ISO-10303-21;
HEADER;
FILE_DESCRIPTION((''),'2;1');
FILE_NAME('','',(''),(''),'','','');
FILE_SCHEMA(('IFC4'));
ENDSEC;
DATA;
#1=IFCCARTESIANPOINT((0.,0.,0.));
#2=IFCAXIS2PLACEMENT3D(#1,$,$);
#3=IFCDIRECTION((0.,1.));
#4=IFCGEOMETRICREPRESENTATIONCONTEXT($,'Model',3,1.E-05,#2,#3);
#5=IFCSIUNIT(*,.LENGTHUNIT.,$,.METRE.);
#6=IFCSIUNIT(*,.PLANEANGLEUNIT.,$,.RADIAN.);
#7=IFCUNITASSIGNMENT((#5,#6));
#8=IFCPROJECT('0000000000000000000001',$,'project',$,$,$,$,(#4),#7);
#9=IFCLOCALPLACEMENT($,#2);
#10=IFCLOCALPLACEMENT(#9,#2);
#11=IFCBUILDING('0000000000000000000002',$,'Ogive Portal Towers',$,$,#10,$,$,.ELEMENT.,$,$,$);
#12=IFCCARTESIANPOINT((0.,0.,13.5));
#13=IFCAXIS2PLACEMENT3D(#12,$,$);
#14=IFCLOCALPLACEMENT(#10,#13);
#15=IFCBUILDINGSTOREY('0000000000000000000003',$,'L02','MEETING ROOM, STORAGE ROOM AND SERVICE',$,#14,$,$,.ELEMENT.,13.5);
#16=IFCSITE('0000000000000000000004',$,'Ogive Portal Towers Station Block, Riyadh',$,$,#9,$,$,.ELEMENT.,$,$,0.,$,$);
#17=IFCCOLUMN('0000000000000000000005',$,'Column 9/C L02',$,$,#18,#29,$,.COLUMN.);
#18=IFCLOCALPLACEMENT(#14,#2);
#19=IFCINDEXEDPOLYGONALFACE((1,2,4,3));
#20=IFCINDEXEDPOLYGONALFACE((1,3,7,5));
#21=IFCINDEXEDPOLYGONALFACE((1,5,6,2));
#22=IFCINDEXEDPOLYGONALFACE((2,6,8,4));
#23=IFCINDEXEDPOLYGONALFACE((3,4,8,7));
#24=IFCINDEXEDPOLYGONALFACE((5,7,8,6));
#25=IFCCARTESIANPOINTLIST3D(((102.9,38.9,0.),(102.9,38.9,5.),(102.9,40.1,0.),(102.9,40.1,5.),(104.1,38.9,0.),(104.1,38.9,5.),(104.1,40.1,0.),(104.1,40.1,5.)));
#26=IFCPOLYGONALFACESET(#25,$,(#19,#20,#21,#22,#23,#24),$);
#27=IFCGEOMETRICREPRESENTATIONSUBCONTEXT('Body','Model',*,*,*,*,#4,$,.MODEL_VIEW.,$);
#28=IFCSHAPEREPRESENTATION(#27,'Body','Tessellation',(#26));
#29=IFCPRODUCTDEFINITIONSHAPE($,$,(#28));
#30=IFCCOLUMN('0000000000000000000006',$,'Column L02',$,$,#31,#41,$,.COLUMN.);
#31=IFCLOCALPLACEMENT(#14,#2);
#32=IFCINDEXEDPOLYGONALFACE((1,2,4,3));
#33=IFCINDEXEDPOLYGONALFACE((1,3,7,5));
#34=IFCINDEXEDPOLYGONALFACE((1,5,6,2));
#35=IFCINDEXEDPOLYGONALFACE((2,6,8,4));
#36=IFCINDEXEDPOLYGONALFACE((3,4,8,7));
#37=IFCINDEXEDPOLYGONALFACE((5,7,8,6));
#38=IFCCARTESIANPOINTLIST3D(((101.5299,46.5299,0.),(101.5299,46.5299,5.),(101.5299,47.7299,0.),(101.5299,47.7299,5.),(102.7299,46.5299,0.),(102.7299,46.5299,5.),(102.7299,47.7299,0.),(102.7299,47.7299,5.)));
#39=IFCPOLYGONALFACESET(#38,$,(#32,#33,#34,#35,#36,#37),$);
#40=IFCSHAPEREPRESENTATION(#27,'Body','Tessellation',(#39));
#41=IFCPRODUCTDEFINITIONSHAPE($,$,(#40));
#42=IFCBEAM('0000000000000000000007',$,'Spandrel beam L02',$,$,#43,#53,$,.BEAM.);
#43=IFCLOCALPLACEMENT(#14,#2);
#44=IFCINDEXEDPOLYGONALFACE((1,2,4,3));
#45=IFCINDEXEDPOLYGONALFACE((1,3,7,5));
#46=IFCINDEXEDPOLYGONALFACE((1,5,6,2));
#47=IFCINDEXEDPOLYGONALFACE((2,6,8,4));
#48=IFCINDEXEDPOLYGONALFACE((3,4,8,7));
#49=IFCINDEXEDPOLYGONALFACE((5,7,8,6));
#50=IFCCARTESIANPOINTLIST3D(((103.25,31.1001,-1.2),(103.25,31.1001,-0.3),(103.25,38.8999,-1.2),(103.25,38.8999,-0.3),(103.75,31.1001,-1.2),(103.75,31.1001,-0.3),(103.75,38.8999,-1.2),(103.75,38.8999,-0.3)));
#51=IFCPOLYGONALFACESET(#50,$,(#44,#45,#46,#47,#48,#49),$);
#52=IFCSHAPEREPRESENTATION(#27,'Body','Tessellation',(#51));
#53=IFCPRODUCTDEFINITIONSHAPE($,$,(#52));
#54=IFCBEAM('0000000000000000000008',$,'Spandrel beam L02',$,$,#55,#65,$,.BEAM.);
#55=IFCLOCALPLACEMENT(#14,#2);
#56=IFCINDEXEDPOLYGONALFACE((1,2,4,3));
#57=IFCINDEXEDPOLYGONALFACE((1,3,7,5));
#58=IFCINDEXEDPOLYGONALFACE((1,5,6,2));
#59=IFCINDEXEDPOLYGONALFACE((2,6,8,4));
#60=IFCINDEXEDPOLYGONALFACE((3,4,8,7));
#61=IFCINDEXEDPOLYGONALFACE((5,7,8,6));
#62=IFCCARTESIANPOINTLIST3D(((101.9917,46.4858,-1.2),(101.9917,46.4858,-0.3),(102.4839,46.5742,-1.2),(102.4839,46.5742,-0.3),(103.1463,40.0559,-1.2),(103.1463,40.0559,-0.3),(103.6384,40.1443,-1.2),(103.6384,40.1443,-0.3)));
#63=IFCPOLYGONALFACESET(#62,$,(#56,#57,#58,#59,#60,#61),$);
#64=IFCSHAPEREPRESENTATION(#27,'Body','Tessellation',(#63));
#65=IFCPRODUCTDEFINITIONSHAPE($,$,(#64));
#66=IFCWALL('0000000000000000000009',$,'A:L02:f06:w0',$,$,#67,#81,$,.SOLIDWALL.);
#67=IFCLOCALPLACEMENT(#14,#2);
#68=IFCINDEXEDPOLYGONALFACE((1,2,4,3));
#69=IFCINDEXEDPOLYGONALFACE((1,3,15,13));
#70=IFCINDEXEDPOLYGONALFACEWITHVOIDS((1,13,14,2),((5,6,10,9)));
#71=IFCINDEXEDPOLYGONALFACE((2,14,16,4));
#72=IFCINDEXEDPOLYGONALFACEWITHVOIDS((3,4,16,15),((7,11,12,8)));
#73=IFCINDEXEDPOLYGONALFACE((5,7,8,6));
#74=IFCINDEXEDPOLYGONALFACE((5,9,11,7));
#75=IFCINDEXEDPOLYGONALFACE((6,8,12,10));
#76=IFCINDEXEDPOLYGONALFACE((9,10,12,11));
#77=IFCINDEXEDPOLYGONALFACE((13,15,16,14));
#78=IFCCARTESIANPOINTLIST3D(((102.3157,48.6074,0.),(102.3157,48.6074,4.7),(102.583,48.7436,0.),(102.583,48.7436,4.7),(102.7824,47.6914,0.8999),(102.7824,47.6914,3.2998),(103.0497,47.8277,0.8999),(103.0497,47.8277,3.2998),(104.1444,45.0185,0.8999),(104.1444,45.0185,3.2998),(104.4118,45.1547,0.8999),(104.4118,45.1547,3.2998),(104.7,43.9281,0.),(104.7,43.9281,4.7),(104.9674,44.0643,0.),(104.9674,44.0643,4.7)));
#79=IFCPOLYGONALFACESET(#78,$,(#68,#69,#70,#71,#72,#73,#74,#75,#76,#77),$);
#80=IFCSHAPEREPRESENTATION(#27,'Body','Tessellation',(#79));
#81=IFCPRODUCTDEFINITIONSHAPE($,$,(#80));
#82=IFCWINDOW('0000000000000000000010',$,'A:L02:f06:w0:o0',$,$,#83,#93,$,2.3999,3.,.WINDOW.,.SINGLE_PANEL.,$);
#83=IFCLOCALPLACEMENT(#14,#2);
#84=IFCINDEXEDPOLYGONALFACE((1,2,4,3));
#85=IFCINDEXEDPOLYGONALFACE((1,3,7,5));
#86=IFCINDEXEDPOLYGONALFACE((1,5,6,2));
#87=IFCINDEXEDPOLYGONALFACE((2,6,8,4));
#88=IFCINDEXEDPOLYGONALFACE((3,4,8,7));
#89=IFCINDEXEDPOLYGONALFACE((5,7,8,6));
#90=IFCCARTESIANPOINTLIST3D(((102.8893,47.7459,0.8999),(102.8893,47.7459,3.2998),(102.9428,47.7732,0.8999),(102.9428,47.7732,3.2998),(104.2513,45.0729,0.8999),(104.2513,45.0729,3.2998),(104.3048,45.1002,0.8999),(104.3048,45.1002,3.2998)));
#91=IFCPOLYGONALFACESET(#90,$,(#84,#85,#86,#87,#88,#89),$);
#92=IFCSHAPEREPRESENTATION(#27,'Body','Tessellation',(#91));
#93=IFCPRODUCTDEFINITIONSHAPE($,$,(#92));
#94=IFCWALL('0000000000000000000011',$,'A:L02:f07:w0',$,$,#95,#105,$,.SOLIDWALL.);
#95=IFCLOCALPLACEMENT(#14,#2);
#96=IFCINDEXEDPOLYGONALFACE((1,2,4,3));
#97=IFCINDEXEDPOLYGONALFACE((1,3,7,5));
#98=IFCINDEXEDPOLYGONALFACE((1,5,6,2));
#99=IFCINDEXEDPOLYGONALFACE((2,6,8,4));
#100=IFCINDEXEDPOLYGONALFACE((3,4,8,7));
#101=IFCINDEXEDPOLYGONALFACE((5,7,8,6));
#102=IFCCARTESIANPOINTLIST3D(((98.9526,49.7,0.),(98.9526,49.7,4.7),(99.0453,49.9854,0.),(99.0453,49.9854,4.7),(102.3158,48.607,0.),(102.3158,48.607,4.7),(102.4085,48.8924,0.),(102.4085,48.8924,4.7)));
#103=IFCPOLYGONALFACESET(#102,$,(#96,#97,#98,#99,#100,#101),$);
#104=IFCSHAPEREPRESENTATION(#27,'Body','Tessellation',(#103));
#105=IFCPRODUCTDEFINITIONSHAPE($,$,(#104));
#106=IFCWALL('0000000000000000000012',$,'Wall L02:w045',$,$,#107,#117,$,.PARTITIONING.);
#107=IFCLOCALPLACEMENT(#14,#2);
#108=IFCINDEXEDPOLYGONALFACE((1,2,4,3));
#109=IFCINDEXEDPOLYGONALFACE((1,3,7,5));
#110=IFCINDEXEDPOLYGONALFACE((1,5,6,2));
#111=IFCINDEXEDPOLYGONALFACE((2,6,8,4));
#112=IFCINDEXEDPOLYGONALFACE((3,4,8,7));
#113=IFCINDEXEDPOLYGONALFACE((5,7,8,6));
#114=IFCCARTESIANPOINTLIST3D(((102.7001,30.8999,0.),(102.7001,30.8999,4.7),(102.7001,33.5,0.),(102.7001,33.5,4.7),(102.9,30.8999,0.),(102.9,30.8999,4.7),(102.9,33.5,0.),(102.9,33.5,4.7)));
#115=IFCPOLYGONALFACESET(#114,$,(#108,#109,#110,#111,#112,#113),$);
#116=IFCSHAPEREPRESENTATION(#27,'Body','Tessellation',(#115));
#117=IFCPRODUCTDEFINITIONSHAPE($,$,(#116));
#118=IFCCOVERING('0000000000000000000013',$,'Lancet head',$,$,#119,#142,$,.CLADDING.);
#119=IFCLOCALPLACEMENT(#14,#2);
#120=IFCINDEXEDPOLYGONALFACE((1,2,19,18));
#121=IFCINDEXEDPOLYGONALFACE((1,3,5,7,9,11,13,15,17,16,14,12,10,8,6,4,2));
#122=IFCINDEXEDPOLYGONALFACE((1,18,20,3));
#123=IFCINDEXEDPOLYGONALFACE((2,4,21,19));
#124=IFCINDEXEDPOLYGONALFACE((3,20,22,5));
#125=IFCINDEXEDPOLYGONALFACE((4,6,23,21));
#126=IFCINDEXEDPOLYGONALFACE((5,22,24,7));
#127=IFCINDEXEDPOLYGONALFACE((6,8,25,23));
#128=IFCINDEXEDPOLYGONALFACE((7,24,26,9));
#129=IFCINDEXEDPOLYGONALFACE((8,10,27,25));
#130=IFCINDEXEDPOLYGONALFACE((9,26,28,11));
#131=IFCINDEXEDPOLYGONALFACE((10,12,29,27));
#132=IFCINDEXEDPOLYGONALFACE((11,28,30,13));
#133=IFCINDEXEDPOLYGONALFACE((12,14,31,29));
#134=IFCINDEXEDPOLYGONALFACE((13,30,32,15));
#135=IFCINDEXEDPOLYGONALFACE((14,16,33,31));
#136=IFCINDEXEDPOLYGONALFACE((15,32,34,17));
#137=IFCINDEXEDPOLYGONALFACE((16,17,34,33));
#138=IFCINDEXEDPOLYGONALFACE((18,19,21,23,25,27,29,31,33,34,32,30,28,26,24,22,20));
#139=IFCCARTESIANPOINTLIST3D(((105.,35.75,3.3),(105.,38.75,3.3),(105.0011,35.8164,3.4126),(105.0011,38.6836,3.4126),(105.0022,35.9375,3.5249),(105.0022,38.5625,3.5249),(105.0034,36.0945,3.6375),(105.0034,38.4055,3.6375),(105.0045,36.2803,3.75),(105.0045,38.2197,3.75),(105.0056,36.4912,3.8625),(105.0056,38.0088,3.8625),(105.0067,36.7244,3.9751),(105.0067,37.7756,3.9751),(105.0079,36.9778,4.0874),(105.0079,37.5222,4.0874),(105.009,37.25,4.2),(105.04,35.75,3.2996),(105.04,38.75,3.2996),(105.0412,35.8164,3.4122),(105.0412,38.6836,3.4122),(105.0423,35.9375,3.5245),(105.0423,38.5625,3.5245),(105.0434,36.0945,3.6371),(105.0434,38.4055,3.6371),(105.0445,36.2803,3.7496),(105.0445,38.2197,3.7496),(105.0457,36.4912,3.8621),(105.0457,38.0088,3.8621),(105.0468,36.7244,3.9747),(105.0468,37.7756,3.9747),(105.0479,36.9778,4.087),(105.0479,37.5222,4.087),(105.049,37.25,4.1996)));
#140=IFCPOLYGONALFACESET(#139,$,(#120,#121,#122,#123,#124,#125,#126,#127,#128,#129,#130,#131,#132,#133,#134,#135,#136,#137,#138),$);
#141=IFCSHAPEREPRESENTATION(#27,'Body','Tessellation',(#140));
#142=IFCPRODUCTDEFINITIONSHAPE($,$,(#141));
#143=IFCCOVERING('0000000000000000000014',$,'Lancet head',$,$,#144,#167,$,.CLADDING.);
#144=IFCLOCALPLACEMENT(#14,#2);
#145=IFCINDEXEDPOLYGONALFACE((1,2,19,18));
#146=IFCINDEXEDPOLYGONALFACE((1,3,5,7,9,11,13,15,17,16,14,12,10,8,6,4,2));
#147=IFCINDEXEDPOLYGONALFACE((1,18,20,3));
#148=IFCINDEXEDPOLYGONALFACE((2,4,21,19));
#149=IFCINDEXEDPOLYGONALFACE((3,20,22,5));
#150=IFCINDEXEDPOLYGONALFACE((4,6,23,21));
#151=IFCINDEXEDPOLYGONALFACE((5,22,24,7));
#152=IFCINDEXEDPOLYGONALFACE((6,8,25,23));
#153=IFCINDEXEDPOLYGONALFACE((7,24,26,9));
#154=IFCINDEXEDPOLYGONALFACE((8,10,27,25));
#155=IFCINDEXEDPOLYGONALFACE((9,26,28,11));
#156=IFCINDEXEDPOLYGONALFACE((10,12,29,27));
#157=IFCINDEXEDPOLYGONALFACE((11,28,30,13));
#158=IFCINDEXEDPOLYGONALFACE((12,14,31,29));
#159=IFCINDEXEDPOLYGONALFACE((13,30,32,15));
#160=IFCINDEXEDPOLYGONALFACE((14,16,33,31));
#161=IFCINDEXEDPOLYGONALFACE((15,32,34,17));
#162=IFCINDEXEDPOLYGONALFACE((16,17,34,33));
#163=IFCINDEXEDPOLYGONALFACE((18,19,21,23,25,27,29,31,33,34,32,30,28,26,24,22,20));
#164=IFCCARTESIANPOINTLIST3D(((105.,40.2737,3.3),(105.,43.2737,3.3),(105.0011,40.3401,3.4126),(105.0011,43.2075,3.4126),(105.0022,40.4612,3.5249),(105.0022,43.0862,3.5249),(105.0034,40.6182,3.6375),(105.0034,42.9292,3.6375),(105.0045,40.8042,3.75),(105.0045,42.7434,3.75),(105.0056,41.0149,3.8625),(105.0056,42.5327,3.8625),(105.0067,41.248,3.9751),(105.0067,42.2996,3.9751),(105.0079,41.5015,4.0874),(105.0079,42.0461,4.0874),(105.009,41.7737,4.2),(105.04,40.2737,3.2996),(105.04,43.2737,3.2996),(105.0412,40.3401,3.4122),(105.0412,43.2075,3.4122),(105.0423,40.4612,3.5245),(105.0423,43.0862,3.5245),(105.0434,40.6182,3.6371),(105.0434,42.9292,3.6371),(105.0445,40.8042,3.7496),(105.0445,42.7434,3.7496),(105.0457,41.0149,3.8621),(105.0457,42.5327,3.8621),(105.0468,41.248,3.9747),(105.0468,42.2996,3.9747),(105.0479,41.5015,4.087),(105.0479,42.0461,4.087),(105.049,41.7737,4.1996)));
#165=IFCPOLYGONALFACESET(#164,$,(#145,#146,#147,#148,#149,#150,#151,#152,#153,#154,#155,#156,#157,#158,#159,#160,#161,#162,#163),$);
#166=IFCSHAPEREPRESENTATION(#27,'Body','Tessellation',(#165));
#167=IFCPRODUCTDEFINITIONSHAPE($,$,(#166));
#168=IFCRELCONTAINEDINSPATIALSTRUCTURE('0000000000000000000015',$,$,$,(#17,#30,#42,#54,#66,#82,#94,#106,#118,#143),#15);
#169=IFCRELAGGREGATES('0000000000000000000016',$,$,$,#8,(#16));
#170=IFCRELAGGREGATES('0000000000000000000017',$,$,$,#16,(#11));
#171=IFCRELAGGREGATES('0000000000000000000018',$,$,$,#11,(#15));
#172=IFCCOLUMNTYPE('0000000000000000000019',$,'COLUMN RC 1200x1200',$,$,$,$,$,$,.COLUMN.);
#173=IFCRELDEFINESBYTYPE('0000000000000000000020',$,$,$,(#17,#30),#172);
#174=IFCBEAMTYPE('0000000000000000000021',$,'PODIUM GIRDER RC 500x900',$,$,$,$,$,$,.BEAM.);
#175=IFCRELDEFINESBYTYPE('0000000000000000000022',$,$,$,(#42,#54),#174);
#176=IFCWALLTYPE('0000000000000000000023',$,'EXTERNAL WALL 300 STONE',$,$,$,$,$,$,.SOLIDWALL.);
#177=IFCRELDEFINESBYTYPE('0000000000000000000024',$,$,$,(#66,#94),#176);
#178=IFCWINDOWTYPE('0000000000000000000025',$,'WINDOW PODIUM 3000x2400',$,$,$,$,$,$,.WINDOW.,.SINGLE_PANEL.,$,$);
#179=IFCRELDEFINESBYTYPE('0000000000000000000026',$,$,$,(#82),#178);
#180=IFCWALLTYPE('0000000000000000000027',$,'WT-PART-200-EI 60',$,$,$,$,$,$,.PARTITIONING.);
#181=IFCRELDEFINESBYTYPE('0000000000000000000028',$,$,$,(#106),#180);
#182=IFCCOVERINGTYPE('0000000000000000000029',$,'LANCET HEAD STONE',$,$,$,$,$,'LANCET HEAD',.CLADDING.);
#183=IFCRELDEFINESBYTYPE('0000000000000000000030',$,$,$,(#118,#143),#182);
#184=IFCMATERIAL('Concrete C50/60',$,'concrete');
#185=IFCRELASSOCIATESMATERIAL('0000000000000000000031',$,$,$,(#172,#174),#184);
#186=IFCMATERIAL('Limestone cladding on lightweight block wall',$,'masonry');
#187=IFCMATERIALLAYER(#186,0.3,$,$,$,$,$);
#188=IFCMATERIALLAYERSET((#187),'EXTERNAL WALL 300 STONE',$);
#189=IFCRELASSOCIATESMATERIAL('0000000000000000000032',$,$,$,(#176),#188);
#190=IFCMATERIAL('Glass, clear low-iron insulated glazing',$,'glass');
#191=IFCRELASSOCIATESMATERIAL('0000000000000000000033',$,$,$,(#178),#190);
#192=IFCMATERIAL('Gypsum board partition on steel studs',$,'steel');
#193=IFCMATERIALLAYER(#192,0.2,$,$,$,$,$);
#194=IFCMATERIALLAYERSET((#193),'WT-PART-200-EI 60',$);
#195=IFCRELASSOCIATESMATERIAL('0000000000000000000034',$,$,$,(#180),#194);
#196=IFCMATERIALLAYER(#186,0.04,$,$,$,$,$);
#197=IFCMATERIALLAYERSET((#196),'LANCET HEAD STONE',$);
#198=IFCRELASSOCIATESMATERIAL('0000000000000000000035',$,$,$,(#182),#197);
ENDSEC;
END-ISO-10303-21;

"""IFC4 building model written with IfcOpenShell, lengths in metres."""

from ifc_helpers import new_model, si_unit, direction, frame, frame_2d, origin, origin_2d, place, context, subcontext, project, spatial, polyline, rectangle, outline, extrude, material, layer, layer_set, material_profile, profile_set, type_object, element, fill, save


model = new_model("IFC4")

# Units and contexts
model_context = context("Model", 3, precision=1e-05, world=origin(), true_north=direction((0.0, 1.0)))
body_context = subcontext(model_context, "Body", "Model", "MODEL_VIEW")
ifc_project = project(units=[si_unit("LENGTHUNIT", "METRE"), si_unit("PLANEANGLEUNIT", "RADIAN")], contexts=[model_context])

# Site, building, storey
site_placement = place(None, origin())
site = spatial("IfcSite", under=ifc_project, at=site_placement, Name="Ogive Portal Towers Station Block, Riyadh", CompositionType="ELEMENT", RefElevation=0.0)
building_placement = place(site_placement, origin())
building = spatial("IfcBuilding", under=site, at=building_placement, Name="Ogive Portal Towers", CompositionType="ELEMENT")
storey_placement = place(building_placement, frame((0.0, 0.0, 13.5)))
storey = spatial("IfcBuildingStorey", under=building, at=storey_placement, Name="L02", Description="MEETING ROOM, STORAGE ROOM AND SERVICE", CompositionType="ELEMENT", Elevation=13.5)

# Columns
ifc_material_1 = material(Name="Concrete C50/60", Category="concrete")
ifc_material_profile_1 = material_profile(ifc_material_1, rectangle(XDim=1.2, YDim=1.2, at=origin_2d()), Name="RC 1200x1200")
ifc_profile_set_1 = profile_set([ifc_material_profile_1], Name="Concrete C50/60")
column_type = type_object("IfcColumnType", Name="COLUMN RC 1200x1200", PredefinedType="COLUMN", material=ifc_profile_set_1)
for number, where, z_axis, x_axis, name in (
    (1, (103.5, 39.5, 0.0), (0.0, 0.0, 1.0), (1.0, 0.0, 0.0), "Column 9/C L02"),
    (2, (102.1299, 47.1299, 0.0), (0.0, 0.0, 1.0), (1.0, 0.0, 0.0), "Column L02"),
):
    element("IfcColumn", number, at=place(storey_placement, frame(where, z_axis=z_axis, x_axis=x_axis)), inside=storey, type_object=column_type, Name=name, PredefinedType="COLUMN", context=body_context, shape_type="SweptSolid", body=[
        extrude(rectangle(XDim=1.2, YDim=1.2, at=origin_2d()), origin(), (0.0, 0.0, 1.0), 5.0),
    ])

# Beams
ifc_material_profile_2 = material_profile(ifc_material_1, rectangle(XDim=0.5, YDim=0.8999, at=origin_2d()), Name="RC 500x900")
ifc_profile_set_2 = profile_set([ifc_material_profile_2], Name="Concrete C50/60")
beam_type = type_object("IfcBeamType", Name="PODIUM GIRDER RC 500x900", PredefinedType="BEAM", material=ifc_profile_set_2)
beam_1_placement = place(storey_placement, frame((103.5, 31.1001, -0.75), z_axis=(0.0, 1.0, 0.0), x_axis=(-1.0, 0.0, 0.0)))
element("IfcBeam", 3, at=beam_1_placement, inside=storey, type_object=beam_type, Name="Spandrel beam L02", PredefinedType="BEAM", context=body_context, shape_type="SweptSolid", body=[
    extrude(rectangle(XDim=0.5, YDim=0.8999, at=origin_2d()), origin(), (0.0, 0.0, 1.0), 7.7998),
])
beam_2_placement = place(storey_placement, frame((103.3923, 40.1001, -0.75), z_axis=(-0.176731, 0.984259, 0.0), x_axis=(-0.984259, -0.176731, 0.0)))
element("IfcBeam", 4, at=beam_2_placement, inside=storey, type_object=beam_type, Name="Spandrel beam L02", PredefinedType="BEAM", context=body_context, shape_type="SweptSolid", body=[
    extrude(rectangle(XDim=0.5, YDim=0.8999, at=origin_2d()), origin(), (0.0, 0.0, 1.0), 6.5327),
])

# Wall, opening, window
ifc_material_2 = material(Name="Limestone cladding on lightweight block wall", Category="masonry")
ifc_layer_1 = layer(ifc_material_2, 0.3)
ifc_layer_set_1 = layer_set([ifc_layer_1], Name="EXTERNAL WALL 300 STONE")
wall_type_1 = type_object("IfcWallType", Name="EXTERNAL WALL 300 STONE", PredefinedType="SOLIDWALL", material=ifc_layer_set_1)
wall_1_placement = place(storey_placement, frame((104.8337, 43.9961, 0.0), z_axis=(0.0, 0.0, 1.0), x_axis=(-0.454007, 0.890998, 0.0)))
wall_1 = element("IfcWall", 5, at=wall_1_placement, inside=storey, type_object=wall_type_1, Name="A:L02:f06:w0", PredefinedType="SOLIDWALL", context=body_context, shape_type="SweptSolid", body=[
    extrude(rectangle(XDim=5.2517, YDim=0.3, at=frame_2d((2.626, 0.0))), origin(), (0.0, 0.0, 1.0), 4.7),
])
opening_placement = place(wall_1_placement, frame((1.2239, 0.0, 0.8999)))
opening = element("IfcOpeningElement", 6, at=opening_placement, cuts=wall_1, PredefinedType="OPENING", context=body_context, shape_type="SweptSolid", body=[
    extrude(rectangle(XDim=3.0, YDim=2.3999, at=frame_2d((1.5, 1.2))), frame((0.0, 0.1602, 0.0), z_axis=(0.0, -1.0, 0.0), x_axis=(1.0, 0.0, 0.0)), (0.0, 0.0, 1.0), 0.3201),
])
ifc_material_3 = material(Name="Glass, clear low-iron insulated glazing", Category="glass")
window_type = type_object("IfcWindowType", Name="WINDOW PODIUM 3000x2400", PartitioningType="SINGLE_PANEL", PredefinedType="WINDOW", material=ifc_material_3)
window_placement = place(opening_placement, origin())
window = element("IfcWindow", 7, at=window_placement, inside=storey, type_object=window_type, Name="A:L02:f06:w0:o0", OverallHeight=2.3999, OverallWidth=3.0, PartitioningType="SINGLE_PANEL", PredefinedType="WINDOW", context=body_context, shape_type="SweptSolid", body=[
    extrude(rectangle(XDim=3.0, YDim=2.3999, at=frame_2d((1.5, 1.2))), frame((0.0, 0.03, 0.0), z_axis=(0.0, -1.0, 0.0), x_axis=(1.0, 0.0, 0.0)), (0.0, 0.0, 1.0), 0.0601),
])
fill(opening, window)

# Walls
wall_2_placement = place(storey_placement, frame((102.3621, 48.7498, 0.0), z_axis=(0.0, 0.0, 1.0), x_axis=(-0.951038, 0.309074, 0.0)))
element("IfcWall", 8, at=wall_2_placement, inside=storey, type_object=wall_type_1, Name="A:L02:f07:w0", PredefinedType="SOLIDWALL", context=body_context, shape_type="SweptSolid", body=[
    extrude(rectangle(XDim=3.5364, YDim=0.3, at=frame_2d((1.7681, 0.0))), origin(), (0.0, 0.0, 1.0), 4.7),
])
ifc_material_4 = material(Name="Gypsum board partition on steel studs", Category="steel")
ifc_layer_2 = layer(ifc_material_4, 0.2)
ifc_layer_set_2 = layer_set([ifc_layer_2], Name="WT-PART-200-EI 60")
wall_type_2 = type_object("IfcWallType", Name="WT-PART-200-EI 60", PredefinedType="PARTITIONING", material=ifc_layer_set_2)
wall_3_placement = place(storey_placement, frame((102.8, 30.8999, 0.0), z_axis=(0.0, 0.0, 1.0), x_axis=(0.0, 1.0, 0.0)))
element("IfcWall", 9, at=wall_3_placement, inside=storey, type_object=wall_type_2, Name="Wall L02:w045", PredefinedType="PARTITIONING", context=body_context, shape_type="SweptSolid", body=[
    extrude(rectangle(XDim=2.6001, YDim=0.2, at=frame_2d((1.3, 0.0))), origin(), (0.0, 0.0, 1.0), 4.7),
])

# Coverings
ifc_layer_3 = layer(ifc_material_2, 0.04)
ifc_layer_set_3 = layer_set([ifc_layer_3], Name="LANCET HEAD STONE")
covering_type_1 = type_object("IfcCoveringType", Name="LANCET HEAD STONE", ElementType="LANCET HEAD", PredefinedType="CLADDING", material=ifc_layer_set_3)
covering_1_placement = place(storey_placement, frame((105.0, 35.75, 3.3), z_axis=(-0.99995, 0.0, 0.009994), x_axis=(0.0, 1.0, 0.0)))
element("IfcCovering", 10, at=covering_1_placement, inside=storey, type_object=covering_type_1, Name="Lancet head", PredefinedType="CLADDING", context=body_context, shape_type="SweptSolid", body=[
    extrude(outline(polyline([(0.0, 0.0), (3.0, 0.0), (2.9336, -0.1126), (2.8125, -0.2249), (2.6555, -0.3374), (2.4697, -0.45), (2.2588, -0.5625), (2.0256, -0.6751), (1.7722, -0.7874), (1.5, -0.8999), (1.2278, -0.7874), (0.9744, -0.6751), (0.7412, -0.5625), (0.5303, -0.45), (0.3445, -0.3374), (0.1875, -0.2249), (0.0664, -0.1126), (0.0, 0.0)])), origin(), (0.0, 0.0, -1.0), 0.04),
])
covering_2_placement = place(storey_placement, frame((105.0, 40.2737, 3.3), z_axis=(-0.99995, 0.0, 0.009994), x_axis=(0.0, 1.0, 0.0)))
element("IfcCovering", 11, at=covering_2_placement, inside=storey, type_object=covering_type_1, Name="Lancet head", PredefinedType="CLADDING", context=body_context, shape_type="SweptSolid", body=[
    extrude(outline(polyline([(0.0, 0.0), (3.0, 0.0), (2.9338, -0.1126), (2.8125, -0.2249), (2.6555, -0.3374), (2.4697, -0.45), (2.259, -0.5625), (2.0259, -0.6751), (1.7725, -0.7874), (1.5, -0.8999), (1.2278, -0.7874), (0.9744, -0.6751), (0.7412, -0.5625), (0.5305, -0.45), (0.3445, -0.3374), (0.1875, -0.2249), (0.0664, -0.1126), (0.0, 0.0)])), origin(), (0.0, 0.0, -1.0), 0.04),
])

save(model, "model.ifc")
